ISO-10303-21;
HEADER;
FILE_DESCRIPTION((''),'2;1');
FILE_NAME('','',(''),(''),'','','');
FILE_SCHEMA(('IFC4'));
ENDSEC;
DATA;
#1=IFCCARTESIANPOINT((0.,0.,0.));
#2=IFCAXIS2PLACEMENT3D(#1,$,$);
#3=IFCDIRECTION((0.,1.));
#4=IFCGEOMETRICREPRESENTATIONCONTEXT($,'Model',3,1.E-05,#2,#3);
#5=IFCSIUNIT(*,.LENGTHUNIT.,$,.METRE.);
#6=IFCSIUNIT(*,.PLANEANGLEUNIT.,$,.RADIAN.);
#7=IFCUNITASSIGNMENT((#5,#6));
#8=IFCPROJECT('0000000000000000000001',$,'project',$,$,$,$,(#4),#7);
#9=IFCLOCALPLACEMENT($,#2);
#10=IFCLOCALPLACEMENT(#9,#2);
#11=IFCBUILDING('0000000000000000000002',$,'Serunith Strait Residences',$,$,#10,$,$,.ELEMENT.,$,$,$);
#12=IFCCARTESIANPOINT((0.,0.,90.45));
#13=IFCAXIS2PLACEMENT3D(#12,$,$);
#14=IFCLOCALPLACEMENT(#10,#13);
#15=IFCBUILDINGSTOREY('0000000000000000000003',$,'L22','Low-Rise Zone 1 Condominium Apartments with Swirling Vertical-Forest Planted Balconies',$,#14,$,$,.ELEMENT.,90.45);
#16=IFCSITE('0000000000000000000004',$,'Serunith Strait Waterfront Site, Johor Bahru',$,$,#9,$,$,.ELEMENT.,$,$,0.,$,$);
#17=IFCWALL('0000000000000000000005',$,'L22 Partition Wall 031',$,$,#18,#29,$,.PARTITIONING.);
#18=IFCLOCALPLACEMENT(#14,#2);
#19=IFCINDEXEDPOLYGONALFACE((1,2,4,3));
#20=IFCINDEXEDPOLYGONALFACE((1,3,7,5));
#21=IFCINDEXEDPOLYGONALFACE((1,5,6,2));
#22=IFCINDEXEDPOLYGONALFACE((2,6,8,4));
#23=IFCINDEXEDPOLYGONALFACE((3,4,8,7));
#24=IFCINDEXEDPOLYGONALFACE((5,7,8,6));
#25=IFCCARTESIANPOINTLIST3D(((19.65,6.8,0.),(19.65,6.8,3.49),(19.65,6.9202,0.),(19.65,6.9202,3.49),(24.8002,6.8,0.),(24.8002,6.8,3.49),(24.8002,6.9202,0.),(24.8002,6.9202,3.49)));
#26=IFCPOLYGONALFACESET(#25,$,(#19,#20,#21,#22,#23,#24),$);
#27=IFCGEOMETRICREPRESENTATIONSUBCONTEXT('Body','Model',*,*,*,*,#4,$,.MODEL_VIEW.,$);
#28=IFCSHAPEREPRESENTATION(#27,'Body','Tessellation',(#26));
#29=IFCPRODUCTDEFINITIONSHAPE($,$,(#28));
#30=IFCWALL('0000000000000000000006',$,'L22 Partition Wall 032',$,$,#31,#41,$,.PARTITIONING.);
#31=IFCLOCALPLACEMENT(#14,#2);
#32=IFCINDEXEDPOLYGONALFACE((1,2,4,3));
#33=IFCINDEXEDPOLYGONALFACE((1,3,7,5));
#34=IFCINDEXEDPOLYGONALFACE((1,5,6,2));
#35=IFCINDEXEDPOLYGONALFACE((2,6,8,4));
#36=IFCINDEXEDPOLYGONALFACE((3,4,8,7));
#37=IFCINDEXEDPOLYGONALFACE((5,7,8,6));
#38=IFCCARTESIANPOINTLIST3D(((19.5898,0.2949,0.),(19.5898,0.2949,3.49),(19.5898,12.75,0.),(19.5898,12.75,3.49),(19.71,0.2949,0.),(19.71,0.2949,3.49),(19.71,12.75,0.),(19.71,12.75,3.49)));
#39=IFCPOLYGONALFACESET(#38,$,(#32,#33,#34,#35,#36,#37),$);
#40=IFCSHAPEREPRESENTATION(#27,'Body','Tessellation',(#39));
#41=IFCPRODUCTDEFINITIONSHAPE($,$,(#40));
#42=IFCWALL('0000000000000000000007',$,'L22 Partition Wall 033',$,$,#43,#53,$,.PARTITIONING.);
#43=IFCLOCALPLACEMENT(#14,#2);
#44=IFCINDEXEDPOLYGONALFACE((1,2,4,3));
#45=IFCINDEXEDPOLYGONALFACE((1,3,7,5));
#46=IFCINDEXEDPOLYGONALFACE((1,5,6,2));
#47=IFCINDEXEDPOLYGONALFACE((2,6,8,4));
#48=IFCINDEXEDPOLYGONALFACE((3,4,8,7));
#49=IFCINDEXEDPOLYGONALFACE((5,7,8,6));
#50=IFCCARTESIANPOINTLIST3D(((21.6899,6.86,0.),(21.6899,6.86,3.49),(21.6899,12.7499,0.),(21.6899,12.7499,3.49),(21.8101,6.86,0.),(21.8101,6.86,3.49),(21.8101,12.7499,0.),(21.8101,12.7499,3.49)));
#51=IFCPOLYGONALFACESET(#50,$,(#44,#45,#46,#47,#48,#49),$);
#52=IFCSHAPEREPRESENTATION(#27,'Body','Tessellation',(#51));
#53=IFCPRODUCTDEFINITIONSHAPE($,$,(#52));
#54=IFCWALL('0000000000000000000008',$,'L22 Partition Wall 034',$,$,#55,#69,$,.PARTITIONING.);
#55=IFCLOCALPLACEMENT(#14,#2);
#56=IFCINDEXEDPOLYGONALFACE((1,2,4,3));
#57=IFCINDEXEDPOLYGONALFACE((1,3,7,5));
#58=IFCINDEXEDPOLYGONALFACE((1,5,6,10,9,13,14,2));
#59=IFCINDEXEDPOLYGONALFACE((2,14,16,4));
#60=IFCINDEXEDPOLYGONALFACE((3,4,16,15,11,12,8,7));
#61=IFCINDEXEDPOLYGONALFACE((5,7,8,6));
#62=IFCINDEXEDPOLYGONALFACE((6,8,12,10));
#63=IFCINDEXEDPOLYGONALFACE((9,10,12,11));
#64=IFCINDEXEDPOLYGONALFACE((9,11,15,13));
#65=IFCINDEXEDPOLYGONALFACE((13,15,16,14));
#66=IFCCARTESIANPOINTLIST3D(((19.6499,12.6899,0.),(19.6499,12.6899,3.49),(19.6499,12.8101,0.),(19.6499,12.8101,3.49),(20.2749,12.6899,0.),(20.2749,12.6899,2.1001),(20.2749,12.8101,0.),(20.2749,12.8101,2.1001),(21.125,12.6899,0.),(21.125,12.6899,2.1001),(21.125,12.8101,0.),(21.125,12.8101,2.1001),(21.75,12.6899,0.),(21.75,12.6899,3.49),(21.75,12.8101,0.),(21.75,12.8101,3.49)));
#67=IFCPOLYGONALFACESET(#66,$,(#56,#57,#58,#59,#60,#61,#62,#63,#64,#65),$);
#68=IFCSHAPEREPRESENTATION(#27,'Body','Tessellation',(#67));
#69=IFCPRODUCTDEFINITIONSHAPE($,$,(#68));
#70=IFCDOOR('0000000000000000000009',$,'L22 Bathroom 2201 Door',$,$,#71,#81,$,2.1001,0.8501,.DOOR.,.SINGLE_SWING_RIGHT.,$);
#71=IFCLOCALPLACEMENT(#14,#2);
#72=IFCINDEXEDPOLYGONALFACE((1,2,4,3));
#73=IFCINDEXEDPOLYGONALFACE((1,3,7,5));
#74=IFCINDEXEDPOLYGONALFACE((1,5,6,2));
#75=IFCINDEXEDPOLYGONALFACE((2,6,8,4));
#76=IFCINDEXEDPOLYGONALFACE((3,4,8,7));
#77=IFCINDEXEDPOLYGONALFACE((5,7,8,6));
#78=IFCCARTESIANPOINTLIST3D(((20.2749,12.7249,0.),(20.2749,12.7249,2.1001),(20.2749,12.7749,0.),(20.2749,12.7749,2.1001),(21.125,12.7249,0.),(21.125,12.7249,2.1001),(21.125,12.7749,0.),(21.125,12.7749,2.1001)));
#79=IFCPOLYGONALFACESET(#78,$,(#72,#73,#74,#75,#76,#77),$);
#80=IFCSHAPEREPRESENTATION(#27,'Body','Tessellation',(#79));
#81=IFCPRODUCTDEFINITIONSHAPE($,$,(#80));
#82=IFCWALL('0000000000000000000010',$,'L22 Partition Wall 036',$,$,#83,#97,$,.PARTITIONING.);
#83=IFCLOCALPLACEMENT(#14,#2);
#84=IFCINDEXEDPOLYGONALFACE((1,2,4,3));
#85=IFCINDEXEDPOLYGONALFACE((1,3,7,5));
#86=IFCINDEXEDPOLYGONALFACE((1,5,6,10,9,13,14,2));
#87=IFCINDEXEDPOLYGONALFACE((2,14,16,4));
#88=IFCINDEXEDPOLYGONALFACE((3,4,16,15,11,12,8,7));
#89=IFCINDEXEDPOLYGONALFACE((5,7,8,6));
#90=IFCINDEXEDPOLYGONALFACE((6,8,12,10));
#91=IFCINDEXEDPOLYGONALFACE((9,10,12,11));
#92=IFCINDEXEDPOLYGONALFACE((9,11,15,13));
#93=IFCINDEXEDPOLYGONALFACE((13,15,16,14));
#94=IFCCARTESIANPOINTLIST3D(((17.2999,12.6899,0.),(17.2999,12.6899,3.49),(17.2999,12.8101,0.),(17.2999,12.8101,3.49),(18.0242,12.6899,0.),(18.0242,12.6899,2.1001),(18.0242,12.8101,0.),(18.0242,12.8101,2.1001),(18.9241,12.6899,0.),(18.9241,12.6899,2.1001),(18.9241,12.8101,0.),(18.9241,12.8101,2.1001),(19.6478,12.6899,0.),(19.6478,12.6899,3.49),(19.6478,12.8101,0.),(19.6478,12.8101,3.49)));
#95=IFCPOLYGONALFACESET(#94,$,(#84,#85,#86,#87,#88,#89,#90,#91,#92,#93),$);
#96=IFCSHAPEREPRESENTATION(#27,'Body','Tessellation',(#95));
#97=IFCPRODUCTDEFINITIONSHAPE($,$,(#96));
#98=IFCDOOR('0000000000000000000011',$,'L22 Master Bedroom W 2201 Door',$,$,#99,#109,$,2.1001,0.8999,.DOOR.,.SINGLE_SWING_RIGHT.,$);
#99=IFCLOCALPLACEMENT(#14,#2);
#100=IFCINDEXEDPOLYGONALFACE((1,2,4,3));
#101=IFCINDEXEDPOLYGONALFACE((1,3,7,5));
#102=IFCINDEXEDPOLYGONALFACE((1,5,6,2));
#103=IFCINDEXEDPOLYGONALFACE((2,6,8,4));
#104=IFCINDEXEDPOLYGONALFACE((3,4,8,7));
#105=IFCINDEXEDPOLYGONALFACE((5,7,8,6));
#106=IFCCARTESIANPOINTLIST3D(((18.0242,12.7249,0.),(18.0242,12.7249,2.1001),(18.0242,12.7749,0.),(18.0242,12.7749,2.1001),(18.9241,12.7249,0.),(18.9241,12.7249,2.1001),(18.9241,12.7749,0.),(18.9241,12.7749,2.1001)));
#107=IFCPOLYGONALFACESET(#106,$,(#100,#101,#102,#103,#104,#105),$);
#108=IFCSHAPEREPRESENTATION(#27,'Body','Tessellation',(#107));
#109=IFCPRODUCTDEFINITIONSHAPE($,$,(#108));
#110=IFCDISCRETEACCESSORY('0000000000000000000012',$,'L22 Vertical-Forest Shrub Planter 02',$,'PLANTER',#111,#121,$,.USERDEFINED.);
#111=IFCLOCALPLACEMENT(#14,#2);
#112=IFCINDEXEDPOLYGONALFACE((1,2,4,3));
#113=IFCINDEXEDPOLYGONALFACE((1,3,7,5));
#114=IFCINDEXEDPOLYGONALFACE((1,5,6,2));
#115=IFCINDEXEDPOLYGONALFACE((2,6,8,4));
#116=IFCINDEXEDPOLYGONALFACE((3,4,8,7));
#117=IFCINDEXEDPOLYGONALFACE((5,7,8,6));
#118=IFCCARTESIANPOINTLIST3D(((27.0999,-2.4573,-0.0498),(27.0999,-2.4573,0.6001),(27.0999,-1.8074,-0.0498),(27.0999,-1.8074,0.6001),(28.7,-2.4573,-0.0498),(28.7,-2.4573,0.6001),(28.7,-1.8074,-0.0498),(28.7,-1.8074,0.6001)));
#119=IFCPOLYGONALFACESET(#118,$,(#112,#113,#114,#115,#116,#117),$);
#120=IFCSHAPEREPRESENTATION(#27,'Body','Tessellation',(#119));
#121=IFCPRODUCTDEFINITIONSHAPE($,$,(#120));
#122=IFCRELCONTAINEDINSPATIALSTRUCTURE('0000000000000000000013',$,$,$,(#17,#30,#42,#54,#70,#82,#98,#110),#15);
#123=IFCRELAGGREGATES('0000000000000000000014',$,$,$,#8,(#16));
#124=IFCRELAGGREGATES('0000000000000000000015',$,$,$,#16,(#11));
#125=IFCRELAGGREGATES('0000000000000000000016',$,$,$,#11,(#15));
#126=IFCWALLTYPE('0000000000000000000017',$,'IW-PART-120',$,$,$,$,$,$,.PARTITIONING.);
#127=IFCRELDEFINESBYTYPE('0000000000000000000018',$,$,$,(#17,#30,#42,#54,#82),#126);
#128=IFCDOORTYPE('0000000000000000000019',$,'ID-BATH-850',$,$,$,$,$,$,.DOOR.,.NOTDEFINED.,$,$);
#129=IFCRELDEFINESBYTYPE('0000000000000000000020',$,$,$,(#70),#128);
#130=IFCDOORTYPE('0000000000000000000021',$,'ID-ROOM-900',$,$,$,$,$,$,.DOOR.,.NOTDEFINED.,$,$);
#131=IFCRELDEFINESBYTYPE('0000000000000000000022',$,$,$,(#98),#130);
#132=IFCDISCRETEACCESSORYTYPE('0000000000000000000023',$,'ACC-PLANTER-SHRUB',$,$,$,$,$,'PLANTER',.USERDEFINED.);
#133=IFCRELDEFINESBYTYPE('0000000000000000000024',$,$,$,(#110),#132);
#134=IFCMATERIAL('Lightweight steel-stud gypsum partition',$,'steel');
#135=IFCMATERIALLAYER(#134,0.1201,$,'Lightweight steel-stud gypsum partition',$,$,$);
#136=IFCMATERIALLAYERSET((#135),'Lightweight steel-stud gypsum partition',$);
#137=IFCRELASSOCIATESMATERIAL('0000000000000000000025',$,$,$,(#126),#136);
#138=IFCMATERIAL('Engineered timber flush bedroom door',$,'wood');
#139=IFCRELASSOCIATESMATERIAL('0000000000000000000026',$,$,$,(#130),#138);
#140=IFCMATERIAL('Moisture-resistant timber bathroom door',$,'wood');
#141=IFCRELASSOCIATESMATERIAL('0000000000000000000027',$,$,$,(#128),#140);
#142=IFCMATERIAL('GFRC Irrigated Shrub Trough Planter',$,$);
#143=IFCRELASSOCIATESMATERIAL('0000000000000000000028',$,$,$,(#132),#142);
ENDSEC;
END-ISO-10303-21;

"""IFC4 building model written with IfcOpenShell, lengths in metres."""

from ifc_helpers import new_model, si_unit, direction, frame, frame_2d, origin, origin_2d, place, context, subcontext, project, spatial, rectangle, extrude, source, transform, mapped, material, layer, layer_set, type_object, element, fill, save


model = new_model("IFC4")

# Units and contexts
model_context = context("Model", 3, precision=1e-05, world=origin(), true_north=direction((0.0, 1.0)))
body_context = subcontext(model_context, "Body", "Model", "MODEL_VIEW")
ifc_project = project(units=[si_unit("LENGTHUNIT", "METRE"), si_unit("PLANEANGLEUNIT", "RADIAN")], contexts=[model_context])

# Site, building, storey
site_placement = place(None, origin())
site = spatial("IfcSite", under=ifc_project, at=site_placement, Name="Serunith Strait Waterfront Site, Johor Bahru", CompositionType="ELEMENT", RefElevation=0.0)
building_placement = place(site_placement, origin())
building = spatial("IfcBuilding", under=site, at=building_placement, Name="Serunith Strait Residences", CompositionType="ELEMENT")
storey_placement = place(building_placement, frame((0.0, 0.0, 90.45)))
storey = spatial("IfcBuildingStorey", under=building, at=storey_placement, Name="L22", Description="Low-Rise Zone 1 Condominium Apartments with Swirling Vertical-Forest Planted Balconies", CompositionType="ELEMENT", Elevation=90.45)

# Shared definitions
ifc_material_1 = material(Name="Lightweight steel-stud gypsum partition", Category="steel")
ifc_layer_1 = layer(ifc_material_1, 0.1201, Name="Lightweight steel-stud gypsum partition")
ifc_layer_set_1 = layer_set([ifc_layer_1], Name="Lightweight steel-stud gypsum partition")
wall_type_1 = type_object("IfcWallType", Name="IW-PART-120", PredefinedType="PARTITIONING", material=ifc_layer_set_1)
ifc_material_2 = material(Name="Engineered timber flush bedroom door", Category="wood")
door_type_1 = type_object("IfcDoorType", Name="ID-ROOM-900", OperationType="NOTDEFINED", PredefinedType="DOOR", material=ifc_material_2)
shared_shape_1 = source(origin(), body_context, "Body", "SweptSolid", [
    extrude(rectangle(XDim=0.8999, YDim=2.1001, at=frame_2d((0.45, 1.05))), frame((0.0, 0.0249, 0.0), z_axis=(0.0, -1.0, 0.0), x_axis=(1.0, 0.0, 0.0)), (0.0, 0.0, 1.0), 0.05),
])

# Walls
wall_1_placement = place(storey_placement, frame((19.6499, 6.8601, 0.0), z_axis=(0.0, 0.0, 1.0), x_axis=(1.0, 0.0, 0.0)))
element("IfcWall", 1, at=wall_1_placement, inside=storey, type_object=wall_type_1, Name="L22 Partition Wall 031", PredefinedType="PARTITIONING", context=body_context, shape_type="SweptSolid", body=[
    extrude(rectangle(XDim=5.1501, YDim=0.1201, at=frame_2d((2.5752, 0.0))), origin(), (0.0, 0.0, 1.0), 3.49),
])
wall_2_placement = place(storey_placement, frame((19.6499, 0.2949, 0.0), z_axis=(0.0, 0.0, 1.0), x_axis=(0.0, 1.0, 0.0)))
element("IfcWall", 2, at=wall_2_placement, inside=storey, type_object=wall_type_1, Name="L22 Partition Wall 032", PredefinedType="PARTITIONING", context=body_context, shape_type="SweptSolid", body=[
    extrude(rectangle(XDim=12.4551, YDim=0.1201, at=frame_2d((6.2275, 0.0))), origin(), (0.0, 0.0, 1.0), 3.49),
])
wall_3_placement = place(storey_placement, frame((21.75, 6.8601, 0.0), z_axis=(0.0, 0.0, 1.0), x_axis=(0.0, 1.0, 0.0)))
element("IfcWall", 3, at=wall_3_placement, inside=storey, type_object=wall_type_1, Name="L22 Partition Wall 033", PredefinedType="PARTITIONING", context=body_context, shape_type="SweptSolid", body=[
    extrude(rectangle(XDim=5.8899, YDim=0.1201, at=frame_2d((2.9448, 0.0))), origin(), (0.0, 0.0, 1.0), 3.49),
])

# Walls, openings, doors
wall_4_placement = place(storey_placement, frame((19.6499, 12.75, 0.0), z_axis=(0.0, 0.0, 1.0), x_axis=(1.0, 0.0, 0.0)))
wall_4 = element("IfcWall", 4, at=wall_4_placement, inside=storey, type_object=wall_type_1, Name="L22 Partition Wall 034", PredefinedType="PARTITIONING", context=body_context, shape_type="SweptSolid", body=[
    extrude(rectangle(XDim=2.1001, YDim=0.1201, at=frame_2d((1.05, 0.0))), origin(), (0.0, 0.0, 1.0), 3.49),
])
opening_1_placement = place(wall_4_placement, frame((0.625, 0.0, 0.0)))
opening_1 = element("IfcOpeningElement", 5, at=opening_1_placement, cuts=wall_4, PredefinedType="OPENING", context=body_context, shape_type="SweptSolid", body=[
    extrude(rectangle(XDim=0.8501, YDim=2.1001, at=frame_2d((0.425, 1.05))), frame((0.0, 0.0701, 0.0), z_axis=(0.0, -1.0, 0.0), x_axis=(1.0, 0.0, 0.0)), (0.0, 0.0, 1.0), 0.1401),
])
ifc_material_3 = material(Name="Moisture-resistant timber bathroom door", Category="wood")
door_type_2 = type_object("IfcDoorType", Name="ID-BATH-850", OperationType="NOTDEFINED", PredefinedType="DOOR", material=ifc_material_3)
shared_shape_2 = source(origin(), body_context, "Body", "SweptSolid", [
    extrude(rectangle(XDim=0.8501, YDim=2.1001, at=frame_2d((0.425, 1.05))), frame((0.0, 0.0249, 0.0), z_axis=(0.0, -1.0, 0.0), x_axis=(1.0, 0.0, 0.0)), (0.0, 0.0, 1.0), 0.05),
])
door_1_placement = place(opening_1_placement, origin())
door_1 = element("IfcDoor", 6, at=door_1_placement, inside=storey, type_object=door_type_2, Name="L22 Bathroom 2201 Door", OperationType="SINGLE_SWING_RIGHT", OverallHeight=2.1001, OverallWidth=0.8501, PredefinedType="DOOR", context=body_context, shape_type="MappedRepresentation", body=[
    mapped(shared_shape_2, transform((0.0, 0.0, 0.0), scale=1.0)),
])
fill(opening_1, door_1)
wall_5_placement = place(storey_placement, frame((17.3, 12.75, 0.0), z_axis=(0.0, 0.0, 1.0), x_axis=(1.0, 0.0, 0.0)))
wall_5 = element("IfcWall", 7, at=wall_5_placement, inside=storey, type_object=wall_type_1, Name="L22 Partition Wall 036", PredefinedType="PARTITIONING", context=body_context, shape_type="SweptSolid", body=[
    extrude(rectangle(XDim=2.3479, YDim=0.1201, at=frame_2d((1.1738, 0.0))), origin(), (0.0, 0.0, 1.0), 3.49),
])
opening_2_placement = place(wall_5_placement, frame((0.7241, 0.0, 0.0)))
opening_2 = element("IfcOpeningElement", 8, at=opening_2_placement, cuts=wall_5, PredefinedType="OPENING", context=body_context, shape_type="SweptSolid", body=[
    extrude(rectangle(XDim=0.8999, YDim=2.1001, at=frame_2d((0.45, 1.05))), frame((0.0, 0.0701, 0.0), z_axis=(0.0, -1.0, 0.0), x_axis=(1.0, 0.0, 0.0)), (0.0, 0.0, 1.0), 0.1401),
])
door_2_placement = place(opening_2_placement, origin())
door_2 = element("IfcDoor", 9, at=door_2_placement, inside=storey, type_object=door_type_1, Name="L22 Master Bedroom W 2201 Door", OperationType="SINGLE_SWING_RIGHT", OverallHeight=2.1001, OverallWidth=0.8999, PredefinedType="DOOR", context=body_context, shape_type="MappedRepresentation", body=[
    mapped(shared_shape_1, transform((0.0, 0.0, 0.0), scale=1.0)),
])
fill(opening_2, door_2)

# Discrete accessory
ifc_material_4 = material(Name="GFRC Irrigated Shrub Trough Planter")
discrete_accessory_type = type_object("IfcDiscreteAccessoryType", Name="ACC-PLANTER-SHRUB", ElementType="PLANTER", PredefinedType="USERDEFINED", material=ifc_material_4)
shared_shape_3 = source(origin(), body_context, "Body", "SweptSolid", [
    extrude(rectangle(XDim=1.6001, YDim=0.6499, at=origin_2d()), origin(), (0.0, 0.0, 1.0), 0.6499),
])
discrete_accessory_placement = place(storey_placement, frame((27.8999, -2.1323, -0.0498), z_axis=(0.0, 0.0, 1.0), x_axis=(1.0, 0.0, 0.0)))
element("IfcDiscreteAccessory", 10, at=discrete_accessory_placement, inside=storey, type_object=discrete_accessory_type, Name="L22 Vertical-Forest Shrub Planter 02", ObjectType="PLANTER", PredefinedType="USERDEFINED", context=body_context, shape_type="MappedRepresentation", body=[
    mapped(shared_shape_3, transform((0.0, 0.0, 0.0), scale=1.0)),
])

save(model, "model.ifc")
